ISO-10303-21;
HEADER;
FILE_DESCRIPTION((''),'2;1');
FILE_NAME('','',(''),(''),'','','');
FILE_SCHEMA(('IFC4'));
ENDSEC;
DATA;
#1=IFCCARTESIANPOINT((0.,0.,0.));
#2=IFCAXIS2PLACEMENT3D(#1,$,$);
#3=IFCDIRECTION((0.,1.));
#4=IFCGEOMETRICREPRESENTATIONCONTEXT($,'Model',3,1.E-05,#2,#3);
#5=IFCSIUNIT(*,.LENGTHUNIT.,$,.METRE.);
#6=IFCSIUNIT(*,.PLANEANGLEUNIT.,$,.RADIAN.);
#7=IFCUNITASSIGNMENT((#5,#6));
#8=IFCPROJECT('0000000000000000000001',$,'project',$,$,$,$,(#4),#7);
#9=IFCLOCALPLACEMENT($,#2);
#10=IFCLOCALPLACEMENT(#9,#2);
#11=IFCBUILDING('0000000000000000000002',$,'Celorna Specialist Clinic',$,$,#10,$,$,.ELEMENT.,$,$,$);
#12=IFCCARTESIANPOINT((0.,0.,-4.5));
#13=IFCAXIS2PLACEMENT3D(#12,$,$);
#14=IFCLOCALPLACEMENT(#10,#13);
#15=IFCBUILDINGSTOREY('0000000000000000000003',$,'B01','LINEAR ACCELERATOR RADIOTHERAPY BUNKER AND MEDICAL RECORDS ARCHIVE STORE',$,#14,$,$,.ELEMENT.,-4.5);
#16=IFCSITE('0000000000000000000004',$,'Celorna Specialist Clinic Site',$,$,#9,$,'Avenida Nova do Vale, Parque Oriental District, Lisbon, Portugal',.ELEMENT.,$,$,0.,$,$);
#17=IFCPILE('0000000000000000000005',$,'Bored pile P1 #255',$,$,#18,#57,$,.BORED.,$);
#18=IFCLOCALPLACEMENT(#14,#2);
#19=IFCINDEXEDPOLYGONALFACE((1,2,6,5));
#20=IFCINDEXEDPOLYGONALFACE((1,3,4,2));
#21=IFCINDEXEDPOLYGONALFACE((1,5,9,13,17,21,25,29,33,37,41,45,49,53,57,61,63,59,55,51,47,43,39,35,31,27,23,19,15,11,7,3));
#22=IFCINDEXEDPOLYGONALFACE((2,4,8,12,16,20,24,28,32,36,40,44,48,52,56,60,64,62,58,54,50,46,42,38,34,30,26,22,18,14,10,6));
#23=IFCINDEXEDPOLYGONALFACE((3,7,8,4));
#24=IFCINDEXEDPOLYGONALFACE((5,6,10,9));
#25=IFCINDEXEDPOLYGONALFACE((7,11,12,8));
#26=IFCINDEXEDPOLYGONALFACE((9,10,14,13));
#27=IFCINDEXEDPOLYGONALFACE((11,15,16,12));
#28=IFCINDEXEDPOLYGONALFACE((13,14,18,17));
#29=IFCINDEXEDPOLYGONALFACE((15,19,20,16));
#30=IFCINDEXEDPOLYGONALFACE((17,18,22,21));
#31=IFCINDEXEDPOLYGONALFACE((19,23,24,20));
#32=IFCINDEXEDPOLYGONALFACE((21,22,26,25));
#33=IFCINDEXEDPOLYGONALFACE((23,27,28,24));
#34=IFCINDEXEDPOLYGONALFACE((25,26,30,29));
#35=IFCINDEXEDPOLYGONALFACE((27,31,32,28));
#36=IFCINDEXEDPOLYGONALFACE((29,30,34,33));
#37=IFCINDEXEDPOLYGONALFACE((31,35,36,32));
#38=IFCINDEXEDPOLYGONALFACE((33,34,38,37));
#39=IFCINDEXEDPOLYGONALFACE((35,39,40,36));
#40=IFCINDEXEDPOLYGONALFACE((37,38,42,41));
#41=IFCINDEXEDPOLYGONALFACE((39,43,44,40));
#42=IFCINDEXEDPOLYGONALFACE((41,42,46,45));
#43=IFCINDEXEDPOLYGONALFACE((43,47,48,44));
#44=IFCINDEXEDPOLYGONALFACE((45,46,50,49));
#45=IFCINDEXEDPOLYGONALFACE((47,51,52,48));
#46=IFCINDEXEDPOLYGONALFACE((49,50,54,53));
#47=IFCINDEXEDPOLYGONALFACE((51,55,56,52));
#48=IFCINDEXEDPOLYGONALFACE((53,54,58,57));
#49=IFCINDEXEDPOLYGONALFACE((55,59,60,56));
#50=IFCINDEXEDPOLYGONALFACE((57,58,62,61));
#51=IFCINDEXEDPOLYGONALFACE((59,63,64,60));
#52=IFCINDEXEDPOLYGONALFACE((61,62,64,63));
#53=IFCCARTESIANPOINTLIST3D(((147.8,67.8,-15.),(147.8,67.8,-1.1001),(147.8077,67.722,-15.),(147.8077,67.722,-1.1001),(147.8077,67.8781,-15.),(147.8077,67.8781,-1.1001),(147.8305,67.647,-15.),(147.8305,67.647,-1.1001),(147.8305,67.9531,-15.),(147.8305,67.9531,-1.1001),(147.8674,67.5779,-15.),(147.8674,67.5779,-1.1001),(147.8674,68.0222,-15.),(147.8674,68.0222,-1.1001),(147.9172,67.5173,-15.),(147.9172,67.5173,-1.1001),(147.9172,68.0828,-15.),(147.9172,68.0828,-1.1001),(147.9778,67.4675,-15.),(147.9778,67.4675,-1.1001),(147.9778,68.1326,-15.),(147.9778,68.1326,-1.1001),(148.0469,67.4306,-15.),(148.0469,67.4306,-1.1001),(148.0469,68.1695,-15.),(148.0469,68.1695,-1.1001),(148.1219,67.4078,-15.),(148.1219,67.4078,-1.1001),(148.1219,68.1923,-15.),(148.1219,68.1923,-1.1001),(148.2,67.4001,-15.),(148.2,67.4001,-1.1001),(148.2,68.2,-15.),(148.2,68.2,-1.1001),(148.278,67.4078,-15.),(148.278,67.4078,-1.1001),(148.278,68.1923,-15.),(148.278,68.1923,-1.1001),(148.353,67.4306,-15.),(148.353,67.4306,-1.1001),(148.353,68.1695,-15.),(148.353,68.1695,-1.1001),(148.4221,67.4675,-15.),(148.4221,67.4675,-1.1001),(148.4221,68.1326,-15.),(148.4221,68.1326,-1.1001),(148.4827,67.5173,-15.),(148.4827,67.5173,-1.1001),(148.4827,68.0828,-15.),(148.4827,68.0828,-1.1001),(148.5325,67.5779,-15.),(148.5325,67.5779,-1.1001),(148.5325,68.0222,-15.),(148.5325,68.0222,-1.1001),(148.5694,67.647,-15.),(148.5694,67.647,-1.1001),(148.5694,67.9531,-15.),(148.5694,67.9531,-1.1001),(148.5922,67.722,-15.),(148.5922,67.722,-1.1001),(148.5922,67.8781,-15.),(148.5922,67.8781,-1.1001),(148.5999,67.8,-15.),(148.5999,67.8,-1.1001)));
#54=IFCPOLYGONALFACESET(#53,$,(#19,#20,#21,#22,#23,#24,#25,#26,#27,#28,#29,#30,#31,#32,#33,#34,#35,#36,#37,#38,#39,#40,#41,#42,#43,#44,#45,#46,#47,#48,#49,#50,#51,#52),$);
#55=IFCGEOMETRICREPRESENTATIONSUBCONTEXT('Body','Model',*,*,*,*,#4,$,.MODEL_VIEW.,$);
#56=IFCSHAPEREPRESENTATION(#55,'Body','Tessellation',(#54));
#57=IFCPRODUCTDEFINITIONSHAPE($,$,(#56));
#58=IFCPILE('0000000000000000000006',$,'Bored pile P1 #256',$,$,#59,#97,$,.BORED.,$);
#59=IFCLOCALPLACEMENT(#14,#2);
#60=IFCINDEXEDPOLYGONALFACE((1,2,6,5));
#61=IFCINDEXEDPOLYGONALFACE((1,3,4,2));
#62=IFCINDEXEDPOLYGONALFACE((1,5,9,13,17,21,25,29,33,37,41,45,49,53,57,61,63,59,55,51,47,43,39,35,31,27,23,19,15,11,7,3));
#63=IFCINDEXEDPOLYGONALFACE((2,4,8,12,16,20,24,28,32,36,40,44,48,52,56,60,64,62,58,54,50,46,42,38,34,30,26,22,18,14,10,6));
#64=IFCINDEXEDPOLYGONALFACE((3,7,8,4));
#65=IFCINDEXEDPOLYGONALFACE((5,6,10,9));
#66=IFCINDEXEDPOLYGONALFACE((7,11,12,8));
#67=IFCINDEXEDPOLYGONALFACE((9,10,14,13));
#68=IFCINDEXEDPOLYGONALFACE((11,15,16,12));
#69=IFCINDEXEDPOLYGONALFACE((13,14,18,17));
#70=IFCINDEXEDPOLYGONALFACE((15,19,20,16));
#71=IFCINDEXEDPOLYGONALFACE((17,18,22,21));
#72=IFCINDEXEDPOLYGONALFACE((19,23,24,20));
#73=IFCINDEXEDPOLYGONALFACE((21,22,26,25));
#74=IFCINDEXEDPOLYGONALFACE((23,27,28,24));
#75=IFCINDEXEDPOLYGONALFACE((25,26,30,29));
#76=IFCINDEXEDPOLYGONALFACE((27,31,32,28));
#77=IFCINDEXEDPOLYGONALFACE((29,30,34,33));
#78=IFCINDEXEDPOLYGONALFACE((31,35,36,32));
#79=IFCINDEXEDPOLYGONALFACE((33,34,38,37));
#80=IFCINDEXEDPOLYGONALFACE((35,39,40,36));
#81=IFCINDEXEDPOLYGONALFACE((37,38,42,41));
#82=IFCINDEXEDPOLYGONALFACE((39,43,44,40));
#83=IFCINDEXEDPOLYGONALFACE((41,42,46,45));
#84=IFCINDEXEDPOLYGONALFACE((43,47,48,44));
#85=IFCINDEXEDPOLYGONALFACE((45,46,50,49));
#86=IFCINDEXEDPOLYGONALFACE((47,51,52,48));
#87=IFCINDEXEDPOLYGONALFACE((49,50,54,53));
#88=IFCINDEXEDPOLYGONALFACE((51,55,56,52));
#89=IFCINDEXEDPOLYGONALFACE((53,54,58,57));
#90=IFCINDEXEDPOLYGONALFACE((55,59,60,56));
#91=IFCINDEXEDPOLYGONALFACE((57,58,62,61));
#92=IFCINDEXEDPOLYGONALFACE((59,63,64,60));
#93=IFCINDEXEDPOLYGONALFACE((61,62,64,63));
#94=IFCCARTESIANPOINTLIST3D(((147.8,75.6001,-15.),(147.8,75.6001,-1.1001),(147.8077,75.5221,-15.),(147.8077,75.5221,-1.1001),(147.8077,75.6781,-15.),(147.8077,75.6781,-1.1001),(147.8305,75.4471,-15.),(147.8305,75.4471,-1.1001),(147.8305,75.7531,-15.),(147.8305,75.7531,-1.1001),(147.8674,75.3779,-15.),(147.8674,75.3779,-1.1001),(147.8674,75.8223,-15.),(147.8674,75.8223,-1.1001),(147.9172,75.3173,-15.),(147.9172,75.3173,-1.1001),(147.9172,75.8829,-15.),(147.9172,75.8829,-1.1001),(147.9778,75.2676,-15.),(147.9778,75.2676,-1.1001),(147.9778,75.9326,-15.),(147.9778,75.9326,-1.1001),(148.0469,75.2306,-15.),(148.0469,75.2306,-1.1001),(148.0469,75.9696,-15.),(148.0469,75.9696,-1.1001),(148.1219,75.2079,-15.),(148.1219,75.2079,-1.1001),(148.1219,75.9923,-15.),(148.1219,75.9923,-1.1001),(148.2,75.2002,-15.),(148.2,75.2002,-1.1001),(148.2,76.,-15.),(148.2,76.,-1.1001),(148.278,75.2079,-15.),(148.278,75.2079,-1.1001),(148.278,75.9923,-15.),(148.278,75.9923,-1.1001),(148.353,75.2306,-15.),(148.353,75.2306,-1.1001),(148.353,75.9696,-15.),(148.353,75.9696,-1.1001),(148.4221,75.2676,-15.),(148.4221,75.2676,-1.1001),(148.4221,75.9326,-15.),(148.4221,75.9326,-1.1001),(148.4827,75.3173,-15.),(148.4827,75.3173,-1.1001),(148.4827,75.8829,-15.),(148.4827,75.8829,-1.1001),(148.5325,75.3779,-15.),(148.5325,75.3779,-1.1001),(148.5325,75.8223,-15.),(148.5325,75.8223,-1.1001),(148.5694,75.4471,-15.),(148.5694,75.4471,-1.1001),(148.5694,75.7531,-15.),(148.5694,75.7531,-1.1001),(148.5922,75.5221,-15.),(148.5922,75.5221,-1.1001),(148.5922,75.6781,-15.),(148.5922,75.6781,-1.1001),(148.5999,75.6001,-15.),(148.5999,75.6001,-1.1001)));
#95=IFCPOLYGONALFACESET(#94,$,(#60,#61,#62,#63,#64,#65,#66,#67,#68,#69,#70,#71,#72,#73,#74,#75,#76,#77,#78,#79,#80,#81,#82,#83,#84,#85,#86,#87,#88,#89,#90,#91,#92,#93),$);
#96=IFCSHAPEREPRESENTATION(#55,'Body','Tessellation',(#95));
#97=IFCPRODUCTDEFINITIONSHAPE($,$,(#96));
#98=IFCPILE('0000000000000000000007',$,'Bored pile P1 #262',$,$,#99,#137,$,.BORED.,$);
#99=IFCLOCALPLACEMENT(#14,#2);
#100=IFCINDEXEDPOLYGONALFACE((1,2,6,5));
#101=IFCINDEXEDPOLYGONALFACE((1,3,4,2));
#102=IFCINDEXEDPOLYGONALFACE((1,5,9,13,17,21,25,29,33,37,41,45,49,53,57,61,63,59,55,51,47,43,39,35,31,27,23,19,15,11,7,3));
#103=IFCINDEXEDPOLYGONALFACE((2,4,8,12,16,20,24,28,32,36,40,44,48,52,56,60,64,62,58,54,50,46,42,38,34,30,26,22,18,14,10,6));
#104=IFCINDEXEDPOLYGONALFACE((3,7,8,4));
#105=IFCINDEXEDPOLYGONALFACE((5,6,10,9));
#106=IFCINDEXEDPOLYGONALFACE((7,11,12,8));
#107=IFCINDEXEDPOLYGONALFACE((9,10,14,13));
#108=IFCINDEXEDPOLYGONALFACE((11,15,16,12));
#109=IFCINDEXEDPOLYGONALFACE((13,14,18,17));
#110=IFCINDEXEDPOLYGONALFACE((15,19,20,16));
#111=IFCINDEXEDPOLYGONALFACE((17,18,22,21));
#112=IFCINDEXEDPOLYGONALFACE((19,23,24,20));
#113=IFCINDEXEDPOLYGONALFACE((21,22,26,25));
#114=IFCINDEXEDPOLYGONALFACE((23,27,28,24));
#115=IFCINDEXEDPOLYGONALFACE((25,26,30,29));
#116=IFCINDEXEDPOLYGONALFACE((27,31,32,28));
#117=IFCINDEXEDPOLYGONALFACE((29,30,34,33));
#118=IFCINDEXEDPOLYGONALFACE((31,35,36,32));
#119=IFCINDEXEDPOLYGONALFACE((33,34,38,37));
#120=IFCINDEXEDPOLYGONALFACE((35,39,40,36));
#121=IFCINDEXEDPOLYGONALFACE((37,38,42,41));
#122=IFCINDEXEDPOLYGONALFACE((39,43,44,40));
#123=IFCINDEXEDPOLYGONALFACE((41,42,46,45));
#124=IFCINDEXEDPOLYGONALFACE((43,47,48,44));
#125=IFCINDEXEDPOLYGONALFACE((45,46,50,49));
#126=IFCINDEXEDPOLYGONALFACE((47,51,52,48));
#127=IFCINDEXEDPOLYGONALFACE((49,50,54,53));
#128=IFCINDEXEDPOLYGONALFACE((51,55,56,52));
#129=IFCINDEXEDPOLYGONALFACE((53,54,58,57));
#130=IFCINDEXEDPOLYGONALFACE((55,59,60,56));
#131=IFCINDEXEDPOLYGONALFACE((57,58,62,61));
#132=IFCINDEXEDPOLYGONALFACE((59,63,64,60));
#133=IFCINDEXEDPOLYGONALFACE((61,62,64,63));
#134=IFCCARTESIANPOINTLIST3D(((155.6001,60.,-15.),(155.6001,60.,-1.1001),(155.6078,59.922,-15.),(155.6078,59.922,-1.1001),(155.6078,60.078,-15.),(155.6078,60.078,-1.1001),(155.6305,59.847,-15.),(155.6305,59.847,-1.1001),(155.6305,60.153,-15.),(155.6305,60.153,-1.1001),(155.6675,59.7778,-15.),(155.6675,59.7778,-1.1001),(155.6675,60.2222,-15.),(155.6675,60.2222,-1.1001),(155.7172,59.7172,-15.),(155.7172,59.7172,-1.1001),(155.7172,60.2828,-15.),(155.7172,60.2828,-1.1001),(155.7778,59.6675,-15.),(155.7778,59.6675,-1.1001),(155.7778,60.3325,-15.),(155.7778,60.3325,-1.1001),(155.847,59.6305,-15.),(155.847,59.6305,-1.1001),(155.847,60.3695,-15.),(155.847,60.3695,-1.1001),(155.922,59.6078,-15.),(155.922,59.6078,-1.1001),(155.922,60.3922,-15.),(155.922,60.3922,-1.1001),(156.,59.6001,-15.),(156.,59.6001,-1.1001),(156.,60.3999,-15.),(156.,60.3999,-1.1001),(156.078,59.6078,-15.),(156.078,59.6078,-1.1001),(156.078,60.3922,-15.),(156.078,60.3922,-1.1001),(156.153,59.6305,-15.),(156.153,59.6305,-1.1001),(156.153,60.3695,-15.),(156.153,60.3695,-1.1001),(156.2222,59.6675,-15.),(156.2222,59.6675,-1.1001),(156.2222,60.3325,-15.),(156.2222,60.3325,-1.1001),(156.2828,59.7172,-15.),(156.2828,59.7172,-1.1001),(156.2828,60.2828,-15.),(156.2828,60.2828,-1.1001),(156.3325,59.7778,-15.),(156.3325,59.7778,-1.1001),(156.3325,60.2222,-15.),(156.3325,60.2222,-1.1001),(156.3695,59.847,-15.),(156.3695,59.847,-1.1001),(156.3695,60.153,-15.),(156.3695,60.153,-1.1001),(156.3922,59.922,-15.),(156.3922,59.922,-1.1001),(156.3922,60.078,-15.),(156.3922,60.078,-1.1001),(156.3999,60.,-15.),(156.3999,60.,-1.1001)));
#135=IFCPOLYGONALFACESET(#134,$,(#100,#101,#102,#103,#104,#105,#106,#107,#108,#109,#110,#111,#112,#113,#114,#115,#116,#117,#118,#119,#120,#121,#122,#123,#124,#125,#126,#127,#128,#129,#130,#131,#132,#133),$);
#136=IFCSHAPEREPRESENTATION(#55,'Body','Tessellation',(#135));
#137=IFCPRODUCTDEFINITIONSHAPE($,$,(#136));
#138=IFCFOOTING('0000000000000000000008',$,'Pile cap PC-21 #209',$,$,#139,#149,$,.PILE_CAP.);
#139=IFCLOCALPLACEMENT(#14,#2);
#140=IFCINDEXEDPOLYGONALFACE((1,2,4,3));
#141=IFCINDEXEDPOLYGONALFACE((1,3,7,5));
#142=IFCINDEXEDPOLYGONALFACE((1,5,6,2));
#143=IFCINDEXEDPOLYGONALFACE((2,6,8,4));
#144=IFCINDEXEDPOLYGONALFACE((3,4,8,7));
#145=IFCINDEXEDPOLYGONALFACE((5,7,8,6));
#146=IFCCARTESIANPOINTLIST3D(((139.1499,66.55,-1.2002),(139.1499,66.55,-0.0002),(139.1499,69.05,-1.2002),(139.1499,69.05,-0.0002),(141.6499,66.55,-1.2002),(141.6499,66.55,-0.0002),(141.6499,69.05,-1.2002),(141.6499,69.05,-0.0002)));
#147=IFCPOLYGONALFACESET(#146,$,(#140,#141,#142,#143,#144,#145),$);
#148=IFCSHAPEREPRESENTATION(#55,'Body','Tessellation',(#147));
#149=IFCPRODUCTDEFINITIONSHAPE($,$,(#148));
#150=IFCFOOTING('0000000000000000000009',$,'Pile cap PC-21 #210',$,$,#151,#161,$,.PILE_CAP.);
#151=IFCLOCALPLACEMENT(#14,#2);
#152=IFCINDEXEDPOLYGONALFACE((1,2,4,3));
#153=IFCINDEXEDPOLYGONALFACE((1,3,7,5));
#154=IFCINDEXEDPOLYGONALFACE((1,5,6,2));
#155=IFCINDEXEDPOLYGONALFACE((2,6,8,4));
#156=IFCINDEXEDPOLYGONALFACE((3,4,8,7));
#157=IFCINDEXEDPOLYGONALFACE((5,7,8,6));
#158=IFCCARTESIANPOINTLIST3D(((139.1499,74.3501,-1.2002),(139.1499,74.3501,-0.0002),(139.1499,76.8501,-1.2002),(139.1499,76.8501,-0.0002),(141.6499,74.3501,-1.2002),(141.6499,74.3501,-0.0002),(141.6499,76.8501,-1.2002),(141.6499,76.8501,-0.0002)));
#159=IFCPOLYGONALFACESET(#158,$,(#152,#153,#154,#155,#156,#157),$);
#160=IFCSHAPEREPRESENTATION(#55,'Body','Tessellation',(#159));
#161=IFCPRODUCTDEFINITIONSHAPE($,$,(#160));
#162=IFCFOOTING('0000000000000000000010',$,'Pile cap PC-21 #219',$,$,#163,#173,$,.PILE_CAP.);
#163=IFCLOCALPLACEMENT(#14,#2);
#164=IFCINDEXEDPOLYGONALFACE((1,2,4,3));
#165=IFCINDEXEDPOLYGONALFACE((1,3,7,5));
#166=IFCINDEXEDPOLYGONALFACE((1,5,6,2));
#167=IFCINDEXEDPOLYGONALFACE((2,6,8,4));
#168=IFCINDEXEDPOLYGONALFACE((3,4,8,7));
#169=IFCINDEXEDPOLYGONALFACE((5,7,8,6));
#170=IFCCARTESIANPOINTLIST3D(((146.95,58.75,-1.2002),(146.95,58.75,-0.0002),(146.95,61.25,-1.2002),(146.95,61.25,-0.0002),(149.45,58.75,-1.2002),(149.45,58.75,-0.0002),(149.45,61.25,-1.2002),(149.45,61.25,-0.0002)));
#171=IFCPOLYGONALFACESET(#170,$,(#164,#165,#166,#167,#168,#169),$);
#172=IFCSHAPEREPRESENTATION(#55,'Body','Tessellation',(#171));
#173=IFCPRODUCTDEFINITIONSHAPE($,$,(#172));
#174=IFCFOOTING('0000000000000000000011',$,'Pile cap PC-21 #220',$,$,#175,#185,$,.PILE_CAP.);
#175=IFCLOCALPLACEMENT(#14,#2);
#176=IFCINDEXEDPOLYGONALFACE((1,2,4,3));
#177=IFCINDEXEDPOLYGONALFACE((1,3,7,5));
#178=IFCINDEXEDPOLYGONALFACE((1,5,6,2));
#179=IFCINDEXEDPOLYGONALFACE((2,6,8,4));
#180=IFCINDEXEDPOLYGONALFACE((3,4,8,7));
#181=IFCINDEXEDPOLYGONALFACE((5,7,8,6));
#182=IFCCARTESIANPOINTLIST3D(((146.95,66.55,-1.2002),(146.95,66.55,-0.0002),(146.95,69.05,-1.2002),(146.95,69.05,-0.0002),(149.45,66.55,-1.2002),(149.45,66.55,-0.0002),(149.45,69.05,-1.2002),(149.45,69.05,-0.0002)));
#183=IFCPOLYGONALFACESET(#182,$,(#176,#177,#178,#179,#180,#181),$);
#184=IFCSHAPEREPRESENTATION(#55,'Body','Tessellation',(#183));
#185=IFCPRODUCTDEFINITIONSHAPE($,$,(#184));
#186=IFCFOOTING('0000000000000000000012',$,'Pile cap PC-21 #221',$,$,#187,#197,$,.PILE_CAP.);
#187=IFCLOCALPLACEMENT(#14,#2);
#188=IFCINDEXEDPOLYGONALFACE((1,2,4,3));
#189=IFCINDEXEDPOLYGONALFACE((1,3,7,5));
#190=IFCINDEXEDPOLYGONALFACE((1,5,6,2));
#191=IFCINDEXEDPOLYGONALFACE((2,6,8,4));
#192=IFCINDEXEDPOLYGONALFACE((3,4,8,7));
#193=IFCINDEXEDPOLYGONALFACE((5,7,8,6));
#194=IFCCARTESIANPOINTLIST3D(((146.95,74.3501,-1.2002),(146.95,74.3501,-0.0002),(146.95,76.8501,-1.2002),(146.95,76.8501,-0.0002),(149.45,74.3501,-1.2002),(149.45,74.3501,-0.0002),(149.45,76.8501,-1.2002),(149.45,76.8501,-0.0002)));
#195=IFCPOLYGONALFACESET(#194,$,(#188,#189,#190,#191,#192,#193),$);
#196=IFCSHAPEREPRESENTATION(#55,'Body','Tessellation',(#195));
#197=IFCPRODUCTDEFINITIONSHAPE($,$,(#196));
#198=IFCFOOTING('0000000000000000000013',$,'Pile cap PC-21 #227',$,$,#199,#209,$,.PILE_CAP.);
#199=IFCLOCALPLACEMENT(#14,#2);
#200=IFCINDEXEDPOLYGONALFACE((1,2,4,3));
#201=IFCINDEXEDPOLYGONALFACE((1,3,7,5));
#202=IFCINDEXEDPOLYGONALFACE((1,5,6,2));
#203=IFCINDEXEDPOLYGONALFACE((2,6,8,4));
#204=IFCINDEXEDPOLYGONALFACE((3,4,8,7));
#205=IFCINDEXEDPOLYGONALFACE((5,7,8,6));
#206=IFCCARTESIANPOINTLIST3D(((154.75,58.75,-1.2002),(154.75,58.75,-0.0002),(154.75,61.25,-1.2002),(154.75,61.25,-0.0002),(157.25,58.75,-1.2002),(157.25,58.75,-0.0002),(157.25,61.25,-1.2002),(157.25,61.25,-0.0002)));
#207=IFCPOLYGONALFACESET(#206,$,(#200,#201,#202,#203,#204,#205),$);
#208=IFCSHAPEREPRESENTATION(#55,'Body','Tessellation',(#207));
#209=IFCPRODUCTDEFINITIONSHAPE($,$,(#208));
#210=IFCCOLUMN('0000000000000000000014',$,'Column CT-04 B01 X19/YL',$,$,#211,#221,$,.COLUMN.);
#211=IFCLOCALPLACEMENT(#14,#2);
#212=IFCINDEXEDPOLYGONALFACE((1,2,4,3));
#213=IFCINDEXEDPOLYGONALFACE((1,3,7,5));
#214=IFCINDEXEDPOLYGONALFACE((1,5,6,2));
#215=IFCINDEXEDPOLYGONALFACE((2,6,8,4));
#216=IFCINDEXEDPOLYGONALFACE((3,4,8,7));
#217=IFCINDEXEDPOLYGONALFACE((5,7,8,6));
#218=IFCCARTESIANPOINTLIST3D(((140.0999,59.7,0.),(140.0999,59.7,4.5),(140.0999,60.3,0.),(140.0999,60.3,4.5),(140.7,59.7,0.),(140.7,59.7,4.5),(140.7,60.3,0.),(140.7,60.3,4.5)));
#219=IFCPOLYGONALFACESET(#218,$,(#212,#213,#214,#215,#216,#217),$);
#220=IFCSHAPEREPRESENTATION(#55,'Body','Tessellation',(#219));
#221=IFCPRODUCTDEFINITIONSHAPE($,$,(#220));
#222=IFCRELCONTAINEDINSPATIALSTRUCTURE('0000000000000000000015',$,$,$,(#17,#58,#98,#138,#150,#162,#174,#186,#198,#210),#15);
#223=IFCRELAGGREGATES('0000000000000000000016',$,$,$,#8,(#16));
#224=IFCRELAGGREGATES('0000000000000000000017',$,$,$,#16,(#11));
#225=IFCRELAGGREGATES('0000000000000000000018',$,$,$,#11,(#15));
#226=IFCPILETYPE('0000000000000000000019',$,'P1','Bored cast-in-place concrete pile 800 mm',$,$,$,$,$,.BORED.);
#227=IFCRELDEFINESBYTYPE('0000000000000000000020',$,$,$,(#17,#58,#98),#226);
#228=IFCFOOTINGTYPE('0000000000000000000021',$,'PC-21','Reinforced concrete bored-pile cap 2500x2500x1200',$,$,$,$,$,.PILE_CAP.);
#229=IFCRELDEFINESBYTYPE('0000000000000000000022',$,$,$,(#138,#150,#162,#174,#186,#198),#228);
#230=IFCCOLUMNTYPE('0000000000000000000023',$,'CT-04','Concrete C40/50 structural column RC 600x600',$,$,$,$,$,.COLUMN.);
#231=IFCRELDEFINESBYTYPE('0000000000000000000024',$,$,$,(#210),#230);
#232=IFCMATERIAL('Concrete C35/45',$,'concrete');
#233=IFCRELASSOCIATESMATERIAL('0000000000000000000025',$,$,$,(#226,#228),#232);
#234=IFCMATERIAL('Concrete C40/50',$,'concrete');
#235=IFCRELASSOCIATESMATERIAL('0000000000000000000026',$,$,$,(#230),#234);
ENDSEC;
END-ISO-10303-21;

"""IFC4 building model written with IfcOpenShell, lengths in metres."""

from ifc_helpers import new_model, si_unit, direction, frame, origin, origin_2d, place, context, subcontext, project, spatial, rectangle, circle, extrude, material, material_profile, profile_set, type_object, element, save


model = new_model("IFC4")

# Units and contexts
model_context = context("Model", 3, precision=1e-05, world=origin(), true_north=direction((0.0, 1.0)))
body_context = subcontext(model_context, "Body", "Model", "MODEL_VIEW")
ifc_project = project(units=[si_unit("LENGTHUNIT", "METRE"), si_unit("PLANEANGLEUNIT", "RADIAN")], contexts=[model_context])

# Site, building, storey
site_placement = place(None, origin())
site = spatial("IfcSite", under=ifc_project, at=site_placement, Name="Celorna Specialist Clinic Site", LongName="Avenida Nova do Vale, Parque Oriental District, Lisbon, Portugal", CompositionType="ELEMENT", RefElevation=0.0)
building_placement = place(site_placement, origin())
building = spatial("IfcBuilding", under=site, at=building_placement, Name="Celorna Specialist Clinic", CompositionType="ELEMENT")
storey_placement = place(building_placement, frame((0.0, 0.0, -4.5)))
storey = spatial("IfcBuildingStorey", under=building, at=storey_placement, Name="B01", Description="LINEAR ACCELERATOR RADIOTHERAPY BUNKER AND MEDICAL RECORDS ARCHIVE STORE", CompositionType="ELEMENT", Elevation=-4.5)

# Shared definitions
ifc_material_1 = material(Name="Concrete C35/45", Category="concrete")

# Piles
ifc_material_profile_1 = material_profile(ifc_material_1, circle(Radius=0.3999, at=origin_2d()), Name="BORED PILE 800")
ifc_profile_set_1 = profile_set([ifc_material_profile_1], Name="Concrete C35/45")
pile_type = type_object("IfcPileType", Name="P1", Description="Bored cast-in-place concrete pile 800 mm", PredefinedType="BORED", material=ifc_profile_set_1)
for number, where, z_axis, x_axis, name in (
    (1, (148.2, 67.8, -1.1001), (0.0, 0.0, -1.0), (1.0, 0.0, 0.0), "Bored pile P1 #255"),
    (2, (148.2, 75.6001, -1.1001), (0.0, 0.0, -1.0), (1.0, 0.0, 0.0), "Bored pile P1 #256"),
    (3, (156.0, 60.0, -1.1001), (0.0, 0.0, -1.0), (1.0, 0.0, 0.0), "Bored pile P1 #262"),
):
    element("IfcPile", number, at=place(storey_placement, frame(where, z_axis=z_axis, x_axis=x_axis)), inside=storey, type_object=pile_type, Name=name, PredefinedType="BORED", context=body_context, shape_type="SweptSolid", body=[
        extrude(circle(Radius=0.3999, at=origin_2d()), origin(), (0.0, 0.0, 1.0), 13.8999),
    ])

# Footings
footing_type_1 = type_object("IfcFootingType", Name="PC-21", Description="Reinforced concrete bored-pile cap 2500x2500x1200", PredefinedType="PILE_CAP", material=ifc_material_1)
for number, where, z_axis, x_axis, name in (
    (4, (140.3999, 67.8, -1.2002), (0.0, 0.0, 1.0), (1.0, 0.0, 0.0), "Pile cap PC-21 #209"),
    (5, (140.3999, 75.6001, -1.2002), (0.0, 0.0, 1.0), (1.0, 0.0, 0.0), "Pile cap PC-21 #210"),
    (6, (148.2, 60.0, -1.2002), (0.0, 0.0, 1.0), (1.0, 0.0, 0.0), "Pile cap PC-21 #219"),
    (7, (148.2, 67.8, -1.2002), (0.0, 0.0, 1.0), (1.0, 0.0, 0.0), "Pile cap PC-21 #220"),
    (8, (148.2, 75.6001, -1.2002), (0.0, 0.0, 1.0), (1.0, 0.0, 0.0), "Pile cap PC-21 #221"),
    (9, (156.0, 60.0, -1.2002), (0.0, 0.0, 1.0), (1.0, 0.0, 0.0), "Pile cap PC-21 #227"),
):
    element("IfcFooting", number, at=place(storey_placement, frame(where, z_axis=z_axis, x_axis=x_axis)), inside=storey, type_object=footing_type_1, Name=name, PredefinedType="PILE_CAP", context=body_context, shape_type="SweptSolid", body=[
        extrude(rectangle(XDim=2.5, YDim=2.5, at=origin_2d()), origin(), (0.0, 0.0, 1.0), 1.2),
    ])

# Column
ifc_material_2 = material(Name="Concrete C40/50", Category="concrete")
ifc_material_profile_2 = material_profile(ifc_material_2, rectangle(XDim=0.6001, YDim=0.6001, at=origin_2d()), Name="RC 600x600")
ifc_profile_set_2 = profile_set([ifc_material_profile_2], Name="Concrete C40/50")
column_type = type_object("IfcColumnType", Name="CT-04", Description="Concrete C40/50 structural column RC 600x600", PredefinedType="COLUMN", material=ifc_profile_set_2)
for number, where, z_axis, x_axis, name in (
    (10, (140.3999, 60.0, 0.0), (0.0, 0.0, 1.0), (1.0, 0.0, 0.0), "Column CT-04 B01 X19/YL"),
):
    element("IfcColumn", number, at=place(storey_placement, frame(where, z_axis=z_axis, x_axis=x_axis)), inside=storey, type_object=column_type, Name=name, PredefinedType="COLUMN", context=body_context, shape_type="SweptSolid", body=[
        extrude(rectangle(XDim=0.6001, YDim=0.6001, at=origin_2d()), origin(), (0.0, 0.0, 1.0), 4.5),
    ])

save(model, "model.ifc")
